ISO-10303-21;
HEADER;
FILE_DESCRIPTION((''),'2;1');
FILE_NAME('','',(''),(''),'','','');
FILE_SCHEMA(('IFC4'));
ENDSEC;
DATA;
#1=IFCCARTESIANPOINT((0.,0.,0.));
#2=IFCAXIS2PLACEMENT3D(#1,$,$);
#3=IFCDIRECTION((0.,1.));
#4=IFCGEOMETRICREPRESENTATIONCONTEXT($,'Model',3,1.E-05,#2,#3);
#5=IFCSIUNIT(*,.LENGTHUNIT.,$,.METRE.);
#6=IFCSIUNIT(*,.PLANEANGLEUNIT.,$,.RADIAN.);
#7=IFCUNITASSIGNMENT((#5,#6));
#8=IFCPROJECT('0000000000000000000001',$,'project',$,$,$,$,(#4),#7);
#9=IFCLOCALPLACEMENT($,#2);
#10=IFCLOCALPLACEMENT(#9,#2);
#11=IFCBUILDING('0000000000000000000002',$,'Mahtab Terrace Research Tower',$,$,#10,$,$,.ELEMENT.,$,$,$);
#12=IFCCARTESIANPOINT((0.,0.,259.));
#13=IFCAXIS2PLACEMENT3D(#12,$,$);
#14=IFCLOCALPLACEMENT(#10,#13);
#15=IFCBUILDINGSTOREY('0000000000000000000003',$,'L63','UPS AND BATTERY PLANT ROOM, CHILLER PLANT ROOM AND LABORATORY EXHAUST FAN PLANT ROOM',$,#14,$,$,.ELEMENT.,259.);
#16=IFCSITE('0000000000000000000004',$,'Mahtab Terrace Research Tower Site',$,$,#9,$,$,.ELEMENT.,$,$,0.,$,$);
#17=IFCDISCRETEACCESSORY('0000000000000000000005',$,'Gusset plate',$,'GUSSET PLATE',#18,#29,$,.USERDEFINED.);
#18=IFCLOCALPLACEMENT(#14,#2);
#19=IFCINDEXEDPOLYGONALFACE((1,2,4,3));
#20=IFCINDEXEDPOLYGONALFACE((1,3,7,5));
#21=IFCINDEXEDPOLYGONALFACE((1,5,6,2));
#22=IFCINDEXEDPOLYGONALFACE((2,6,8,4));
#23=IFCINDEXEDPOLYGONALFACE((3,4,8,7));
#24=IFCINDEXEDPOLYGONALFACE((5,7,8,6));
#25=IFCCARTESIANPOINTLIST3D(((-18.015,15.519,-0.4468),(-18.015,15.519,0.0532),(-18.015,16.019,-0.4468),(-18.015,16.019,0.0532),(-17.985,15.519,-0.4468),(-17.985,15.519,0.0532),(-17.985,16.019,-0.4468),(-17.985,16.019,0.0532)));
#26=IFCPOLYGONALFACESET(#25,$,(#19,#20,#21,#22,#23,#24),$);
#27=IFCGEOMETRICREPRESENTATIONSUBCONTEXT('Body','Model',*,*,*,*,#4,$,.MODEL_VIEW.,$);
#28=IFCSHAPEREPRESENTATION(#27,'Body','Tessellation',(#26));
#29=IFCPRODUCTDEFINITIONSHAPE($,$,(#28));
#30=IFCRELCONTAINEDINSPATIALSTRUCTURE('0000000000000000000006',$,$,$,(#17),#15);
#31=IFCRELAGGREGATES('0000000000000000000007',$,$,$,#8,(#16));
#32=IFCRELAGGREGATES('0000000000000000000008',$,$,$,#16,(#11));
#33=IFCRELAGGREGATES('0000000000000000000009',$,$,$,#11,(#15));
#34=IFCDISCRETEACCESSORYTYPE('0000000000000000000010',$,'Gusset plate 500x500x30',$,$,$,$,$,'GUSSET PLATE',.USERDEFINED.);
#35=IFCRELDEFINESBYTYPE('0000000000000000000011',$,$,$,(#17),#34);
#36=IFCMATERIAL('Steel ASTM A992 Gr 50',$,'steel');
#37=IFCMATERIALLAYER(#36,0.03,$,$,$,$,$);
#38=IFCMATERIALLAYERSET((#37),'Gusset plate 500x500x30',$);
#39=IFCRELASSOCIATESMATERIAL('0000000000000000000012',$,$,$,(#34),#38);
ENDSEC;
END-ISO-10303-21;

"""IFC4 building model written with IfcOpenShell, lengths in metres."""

from ifc_helpers import new_model, si_unit, direction, frame, origin, origin_2d, place, context, subcontext, project, spatial, rectangle, extrude, material, layer, layer_set, type_object, element, save


model = new_model("IFC4")

# Units and contexts
model_context = context("Model", 3, precision=1e-05, world=origin(), true_north=direction((0.0, 1.0)))
body_context = subcontext(model_context, "Body", "Model", "MODEL_VIEW")
ifc_project = project(units=[si_unit("LENGTHUNIT", "METRE"), si_unit("PLANEANGLEUNIT", "RADIAN")], contexts=[model_context])

# Site, building, storey
site_placement = place(None, origin())
site = spatial("IfcSite", under=ifc_project, at=site_placement, Name="Mahtab Terrace Research Tower Site", CompositionType="ELEMENT", RefElevation=0.0)
building_placement = place(site_placement, origin())
building = spatial("IfcBuilding", under=site, at=building_placement, Name="Mahtab Terrace Research Tower", CompositionType="ELEMENT")
storey_placement = place(building_placement, frame((0.0, 0.0, 259.0)))
storey = spatial("IfcBuildingStorey", under=building, at=storey_placement, Name="L63", Description="UPS AND BATTERY PLANT ROOM, CHILLER PLANT ROOM AND LABORATORY EXHAUST FAN PLANT ROOM", CompositionType="ELEMENT", Elevation=259.0)

# Shared definitions
ifc_material_1 = material(Name="Steel ASTM A992 Gr 50", Category="steel")

# Discrete accessory
ifc_layer_1 = layer(ifc_material_1, 0.03)
ifc_layer_set_1 = layer_set([ifc_layer_1], Name="Gusset plate 500x500x30")
discrete_accessory_type = type_object("IfcDiscreteAccessoryType", Name="Gusset plate 500x500x30", ElementType="GUSSET PLATE", PredefinedType="USERDEFINED", material=ifc_layer_set_1)
for number, where, z_axis, x_axis, name in (
    (1, (-18.0, 15.769, -0.4468), (0.0, 0.0, 1.0), (0.0, 1.0, 0.0), "Gusset plate"),
):
    element("IfcDiscreteAccessory", number, at=place(storey_placement, frame(where, z_axis=z_axis, x_axis=x_axis)), inside=storey, type_object=discrete_accessory_type, Name=name, ObjectType="GUSSET PLATE", PredefinedType="USERDEFINED", context=body_context, shape_type="SweptSolid", body=[
        extrude(rectangle(XDim=0.5, YDim=0.03, at=origin_2d()), origin(), (0.0, 0.0, 1.0), 0.5),
    ])

save(model, "model.ifc")
